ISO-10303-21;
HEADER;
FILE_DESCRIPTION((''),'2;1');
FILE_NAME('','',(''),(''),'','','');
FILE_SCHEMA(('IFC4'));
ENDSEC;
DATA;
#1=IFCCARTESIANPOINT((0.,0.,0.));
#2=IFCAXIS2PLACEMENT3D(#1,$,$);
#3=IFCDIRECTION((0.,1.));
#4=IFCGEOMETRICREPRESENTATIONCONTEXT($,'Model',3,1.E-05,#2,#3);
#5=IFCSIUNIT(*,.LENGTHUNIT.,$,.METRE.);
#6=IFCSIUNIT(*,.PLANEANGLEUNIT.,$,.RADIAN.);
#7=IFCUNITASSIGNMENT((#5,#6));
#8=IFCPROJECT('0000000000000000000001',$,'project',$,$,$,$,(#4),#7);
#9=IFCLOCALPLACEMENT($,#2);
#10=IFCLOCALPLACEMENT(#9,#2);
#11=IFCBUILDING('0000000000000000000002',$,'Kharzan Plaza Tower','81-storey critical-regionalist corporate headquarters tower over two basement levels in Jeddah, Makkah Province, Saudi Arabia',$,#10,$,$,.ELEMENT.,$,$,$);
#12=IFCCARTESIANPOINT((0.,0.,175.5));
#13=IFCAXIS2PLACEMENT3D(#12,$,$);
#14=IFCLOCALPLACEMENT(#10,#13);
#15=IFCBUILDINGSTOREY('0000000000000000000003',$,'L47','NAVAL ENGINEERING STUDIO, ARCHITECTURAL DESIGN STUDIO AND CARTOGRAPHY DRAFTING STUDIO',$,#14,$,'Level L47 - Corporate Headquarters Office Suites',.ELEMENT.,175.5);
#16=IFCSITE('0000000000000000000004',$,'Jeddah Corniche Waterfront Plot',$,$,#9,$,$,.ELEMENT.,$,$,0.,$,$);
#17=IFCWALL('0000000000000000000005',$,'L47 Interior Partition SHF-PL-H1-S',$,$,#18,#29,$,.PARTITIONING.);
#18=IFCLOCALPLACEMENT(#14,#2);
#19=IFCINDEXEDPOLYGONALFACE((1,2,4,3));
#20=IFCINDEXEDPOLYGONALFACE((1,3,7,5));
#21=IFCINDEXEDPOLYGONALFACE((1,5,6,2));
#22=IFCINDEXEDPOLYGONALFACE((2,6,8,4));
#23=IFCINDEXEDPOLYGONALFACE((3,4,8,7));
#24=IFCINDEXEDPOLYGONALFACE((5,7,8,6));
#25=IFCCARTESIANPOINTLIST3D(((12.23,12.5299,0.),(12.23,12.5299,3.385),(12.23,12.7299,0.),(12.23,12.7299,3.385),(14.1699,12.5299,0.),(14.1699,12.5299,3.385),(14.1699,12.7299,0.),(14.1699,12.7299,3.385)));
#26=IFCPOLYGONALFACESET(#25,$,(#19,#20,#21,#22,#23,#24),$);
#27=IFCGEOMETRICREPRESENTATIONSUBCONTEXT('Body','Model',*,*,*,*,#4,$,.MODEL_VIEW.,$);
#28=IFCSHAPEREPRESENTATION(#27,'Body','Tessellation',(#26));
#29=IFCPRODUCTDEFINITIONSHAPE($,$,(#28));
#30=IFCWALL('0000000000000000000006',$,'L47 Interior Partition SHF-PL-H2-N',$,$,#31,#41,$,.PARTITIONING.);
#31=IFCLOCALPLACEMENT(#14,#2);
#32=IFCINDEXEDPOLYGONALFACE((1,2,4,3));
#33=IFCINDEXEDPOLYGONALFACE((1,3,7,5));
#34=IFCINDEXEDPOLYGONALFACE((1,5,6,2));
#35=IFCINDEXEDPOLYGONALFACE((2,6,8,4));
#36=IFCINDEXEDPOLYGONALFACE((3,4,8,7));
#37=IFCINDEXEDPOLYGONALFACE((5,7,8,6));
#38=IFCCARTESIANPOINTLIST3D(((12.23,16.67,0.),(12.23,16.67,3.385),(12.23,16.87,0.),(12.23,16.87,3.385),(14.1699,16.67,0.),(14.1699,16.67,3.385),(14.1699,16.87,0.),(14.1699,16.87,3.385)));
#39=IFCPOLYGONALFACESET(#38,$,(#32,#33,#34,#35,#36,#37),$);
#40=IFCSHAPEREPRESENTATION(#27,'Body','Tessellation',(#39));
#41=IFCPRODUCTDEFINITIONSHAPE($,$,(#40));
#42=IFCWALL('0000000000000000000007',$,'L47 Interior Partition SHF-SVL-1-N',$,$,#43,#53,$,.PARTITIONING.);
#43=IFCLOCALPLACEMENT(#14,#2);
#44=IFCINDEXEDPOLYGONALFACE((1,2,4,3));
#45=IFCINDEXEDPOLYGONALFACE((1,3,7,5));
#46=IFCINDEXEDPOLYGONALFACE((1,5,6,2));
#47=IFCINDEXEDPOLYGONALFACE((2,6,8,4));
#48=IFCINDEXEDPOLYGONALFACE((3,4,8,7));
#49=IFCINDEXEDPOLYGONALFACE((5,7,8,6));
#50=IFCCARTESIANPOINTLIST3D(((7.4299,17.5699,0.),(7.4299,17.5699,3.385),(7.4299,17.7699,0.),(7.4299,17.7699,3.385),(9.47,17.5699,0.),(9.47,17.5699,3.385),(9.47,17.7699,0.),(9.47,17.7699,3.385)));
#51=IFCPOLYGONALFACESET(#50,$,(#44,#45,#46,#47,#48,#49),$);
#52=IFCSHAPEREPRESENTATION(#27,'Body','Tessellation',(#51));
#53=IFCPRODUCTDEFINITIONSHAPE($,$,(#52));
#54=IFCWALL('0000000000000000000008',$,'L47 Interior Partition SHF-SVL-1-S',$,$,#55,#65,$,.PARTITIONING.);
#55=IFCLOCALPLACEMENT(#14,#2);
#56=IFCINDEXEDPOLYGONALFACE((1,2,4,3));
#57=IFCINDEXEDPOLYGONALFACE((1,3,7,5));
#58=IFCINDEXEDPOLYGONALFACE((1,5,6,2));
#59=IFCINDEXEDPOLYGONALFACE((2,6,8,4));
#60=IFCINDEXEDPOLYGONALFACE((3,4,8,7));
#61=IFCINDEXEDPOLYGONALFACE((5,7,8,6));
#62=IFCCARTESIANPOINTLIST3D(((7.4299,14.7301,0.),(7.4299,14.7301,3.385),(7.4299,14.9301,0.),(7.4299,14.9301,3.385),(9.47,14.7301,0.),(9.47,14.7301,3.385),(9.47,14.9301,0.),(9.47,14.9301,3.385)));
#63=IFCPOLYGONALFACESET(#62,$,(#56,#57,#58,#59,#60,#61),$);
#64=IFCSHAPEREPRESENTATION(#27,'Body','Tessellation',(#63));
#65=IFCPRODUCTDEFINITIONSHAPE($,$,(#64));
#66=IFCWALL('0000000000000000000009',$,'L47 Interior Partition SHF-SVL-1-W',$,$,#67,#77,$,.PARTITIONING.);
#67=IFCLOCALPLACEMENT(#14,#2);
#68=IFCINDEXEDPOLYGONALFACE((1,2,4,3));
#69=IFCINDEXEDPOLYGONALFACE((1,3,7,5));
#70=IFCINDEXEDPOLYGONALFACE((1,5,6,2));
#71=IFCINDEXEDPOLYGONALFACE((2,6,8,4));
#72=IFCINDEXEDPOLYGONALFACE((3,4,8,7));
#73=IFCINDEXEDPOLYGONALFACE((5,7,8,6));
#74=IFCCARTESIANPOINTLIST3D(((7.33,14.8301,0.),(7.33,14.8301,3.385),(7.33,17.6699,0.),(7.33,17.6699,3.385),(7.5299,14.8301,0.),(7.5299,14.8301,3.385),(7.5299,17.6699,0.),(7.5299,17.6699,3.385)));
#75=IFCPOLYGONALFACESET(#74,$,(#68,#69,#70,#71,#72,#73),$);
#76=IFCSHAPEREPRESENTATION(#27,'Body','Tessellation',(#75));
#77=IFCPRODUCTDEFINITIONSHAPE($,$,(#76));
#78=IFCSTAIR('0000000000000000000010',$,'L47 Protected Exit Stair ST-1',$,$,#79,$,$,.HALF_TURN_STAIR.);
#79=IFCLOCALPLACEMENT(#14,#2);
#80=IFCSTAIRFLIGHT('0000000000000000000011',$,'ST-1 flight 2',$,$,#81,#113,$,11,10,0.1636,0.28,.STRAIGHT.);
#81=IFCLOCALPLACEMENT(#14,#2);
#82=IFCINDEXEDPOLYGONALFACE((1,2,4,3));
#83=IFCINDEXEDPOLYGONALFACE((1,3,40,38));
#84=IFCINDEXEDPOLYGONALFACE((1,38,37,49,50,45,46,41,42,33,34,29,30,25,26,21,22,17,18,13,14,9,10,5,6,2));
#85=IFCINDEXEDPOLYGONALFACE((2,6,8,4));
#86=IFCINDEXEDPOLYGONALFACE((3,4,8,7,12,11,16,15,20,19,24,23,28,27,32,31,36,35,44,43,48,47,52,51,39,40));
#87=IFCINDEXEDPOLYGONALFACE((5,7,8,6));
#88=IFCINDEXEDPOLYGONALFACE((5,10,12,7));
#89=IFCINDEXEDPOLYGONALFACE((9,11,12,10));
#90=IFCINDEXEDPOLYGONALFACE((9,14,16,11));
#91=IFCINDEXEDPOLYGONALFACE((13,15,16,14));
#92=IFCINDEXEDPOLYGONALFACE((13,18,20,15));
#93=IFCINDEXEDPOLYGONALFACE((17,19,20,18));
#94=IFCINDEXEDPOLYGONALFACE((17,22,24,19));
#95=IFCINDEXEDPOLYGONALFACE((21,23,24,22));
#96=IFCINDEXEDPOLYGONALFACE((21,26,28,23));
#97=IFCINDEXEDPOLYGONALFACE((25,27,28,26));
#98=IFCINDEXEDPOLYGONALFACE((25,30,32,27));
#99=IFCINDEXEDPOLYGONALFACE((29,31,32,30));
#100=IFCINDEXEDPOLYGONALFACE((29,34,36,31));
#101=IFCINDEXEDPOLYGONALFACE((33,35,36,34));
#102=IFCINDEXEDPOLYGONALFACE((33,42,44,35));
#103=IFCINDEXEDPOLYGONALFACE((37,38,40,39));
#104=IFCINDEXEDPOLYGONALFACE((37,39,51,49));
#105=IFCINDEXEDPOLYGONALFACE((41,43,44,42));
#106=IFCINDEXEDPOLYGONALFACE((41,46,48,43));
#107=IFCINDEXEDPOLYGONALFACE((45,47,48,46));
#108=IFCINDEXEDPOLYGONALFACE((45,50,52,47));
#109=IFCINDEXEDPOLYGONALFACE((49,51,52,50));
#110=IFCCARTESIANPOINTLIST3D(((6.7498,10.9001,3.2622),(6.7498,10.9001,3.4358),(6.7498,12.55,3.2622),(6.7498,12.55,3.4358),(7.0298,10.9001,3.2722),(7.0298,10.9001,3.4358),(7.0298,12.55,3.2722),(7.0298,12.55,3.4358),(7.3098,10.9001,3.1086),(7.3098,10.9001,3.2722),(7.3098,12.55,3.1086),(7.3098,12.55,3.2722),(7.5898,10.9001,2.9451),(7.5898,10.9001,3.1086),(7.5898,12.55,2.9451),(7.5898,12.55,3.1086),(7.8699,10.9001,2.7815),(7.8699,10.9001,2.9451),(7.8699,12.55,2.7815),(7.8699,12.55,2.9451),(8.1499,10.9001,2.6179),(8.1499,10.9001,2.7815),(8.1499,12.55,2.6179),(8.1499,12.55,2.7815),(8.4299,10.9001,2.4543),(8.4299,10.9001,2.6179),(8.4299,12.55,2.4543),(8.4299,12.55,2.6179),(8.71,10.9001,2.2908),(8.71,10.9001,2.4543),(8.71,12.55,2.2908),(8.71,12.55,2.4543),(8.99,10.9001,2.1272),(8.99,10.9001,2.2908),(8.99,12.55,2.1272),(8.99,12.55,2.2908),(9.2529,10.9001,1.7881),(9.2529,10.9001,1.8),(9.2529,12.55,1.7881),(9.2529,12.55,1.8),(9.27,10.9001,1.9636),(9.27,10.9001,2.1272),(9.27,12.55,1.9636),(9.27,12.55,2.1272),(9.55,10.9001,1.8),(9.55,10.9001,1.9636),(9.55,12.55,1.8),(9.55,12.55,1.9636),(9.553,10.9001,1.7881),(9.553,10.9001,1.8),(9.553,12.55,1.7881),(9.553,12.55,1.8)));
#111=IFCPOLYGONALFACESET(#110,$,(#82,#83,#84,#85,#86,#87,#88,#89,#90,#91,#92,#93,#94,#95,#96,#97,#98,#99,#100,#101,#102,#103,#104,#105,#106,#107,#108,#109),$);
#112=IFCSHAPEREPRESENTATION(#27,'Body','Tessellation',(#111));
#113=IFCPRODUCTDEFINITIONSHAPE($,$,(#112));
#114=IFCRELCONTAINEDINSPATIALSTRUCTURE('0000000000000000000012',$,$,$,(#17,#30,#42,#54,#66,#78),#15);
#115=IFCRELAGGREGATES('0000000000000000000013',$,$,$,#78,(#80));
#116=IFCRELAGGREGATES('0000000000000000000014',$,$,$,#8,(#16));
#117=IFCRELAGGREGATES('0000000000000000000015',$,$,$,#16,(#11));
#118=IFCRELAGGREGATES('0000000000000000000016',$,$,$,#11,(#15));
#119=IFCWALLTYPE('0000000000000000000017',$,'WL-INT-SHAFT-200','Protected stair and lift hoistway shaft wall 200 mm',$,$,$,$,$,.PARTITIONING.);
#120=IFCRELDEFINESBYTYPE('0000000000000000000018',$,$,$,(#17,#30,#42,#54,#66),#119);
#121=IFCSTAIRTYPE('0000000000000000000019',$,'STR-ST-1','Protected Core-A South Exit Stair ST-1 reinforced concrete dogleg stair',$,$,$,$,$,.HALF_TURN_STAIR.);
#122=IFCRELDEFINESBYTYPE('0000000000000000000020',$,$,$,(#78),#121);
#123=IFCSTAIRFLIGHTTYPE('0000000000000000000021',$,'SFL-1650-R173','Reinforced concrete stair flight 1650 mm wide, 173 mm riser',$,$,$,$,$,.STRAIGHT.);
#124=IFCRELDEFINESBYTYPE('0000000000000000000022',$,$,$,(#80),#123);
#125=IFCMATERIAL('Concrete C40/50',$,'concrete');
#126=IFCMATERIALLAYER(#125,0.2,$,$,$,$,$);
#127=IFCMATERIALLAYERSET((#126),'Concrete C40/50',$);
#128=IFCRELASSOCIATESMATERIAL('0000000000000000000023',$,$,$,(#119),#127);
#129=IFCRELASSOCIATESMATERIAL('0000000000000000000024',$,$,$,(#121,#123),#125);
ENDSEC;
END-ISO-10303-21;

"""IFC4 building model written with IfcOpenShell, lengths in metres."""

from ifc_helpers import new_model, si_unit, direction, frame, frame_2d, origin, place, context, subcontext, project, spatial, polyline, rectangle, outline, extrude, source, transform, mapped, material, layer, layer_set, type_object, element, aggregate, save


model = new_model("IFC4")

# Units and contexts
model_context = context("Model", 3, precision=1e-05, world=origin(), true_north=direction((0.0, 1.0)))
body_context = subcontext(model_context, "Body", "Model", "MODEL_VIEW")
ifc_project = project(units=[si_unit("LENGTHUNIT", "METRE"), si_unit("PLANEANGLEUNIT", "RADIAN")], contexts=[model_context])

# Site, building, storey
site_placement = place(None, origin())
site = spatial("IfcSite", under=ifc_project, at=site_placement, Name="Jeddah Corniche Waterfront Plot", CompositionType="ELEMENT", RefElevation=0.0)
building_placement = place(site_placement, origin())
building = spatial("IfcBuilding", under=site, at=building_placement, Name="Kharzan Plaza Tower", Description="81-storey critical-regionalist corporate headquarters tower over two basement levels in Jeddah, Makkah Province, Saudi Arabia", CompositionType="ELEMENT")
storey_placement = place(building_placement, frame((0.0, 0.0, 175.5)))
storey = spatial("IfcBuildingStorey", under=building, at=storey_placement, Name="L47", Description="NAVAL ENGINEERING STUDIO, ARCHITECTURAL DESIGN STUDIO AND CARTOGRAPHY DRAFTING STUDIO", LongName="Level L47 - Corporate Headquarters Office Suites", CompositionType="ELEMENT", Elevation=175.5)

# Shared definitions
ifc_material_1 = material(Name="Concrete C40/50", Category="concrete")
ifc_layer_1 = layer(ifc_material_1, 0.2)
ifc_layer_set_1 = layer_set([ifc_layer_1], Name="Concrete C40/50")
wall_type_1 = type_object("IfcWallType", Name="WL-INT-SHAFT-200", Description="Protected stair and lift hoistway shaft wall 200 mm", PredefinedType="PARTITIONING", material=ifc_layer_set_1)

# Walls
shared_shape_1 = source(origin(), body_context, "Body", "SweptSolid", [
    extrude(rectangle(XDim=1.9399, YDim=0.2, at=frame_2d((0.97, 0.0))), origin(), (0.0, 0.0, 1.0), 3.385),
])
for number, where, z_axis, x_axis, name in (
    (1, (12.23, 12.6299, 0.0), (0.0, 0.0, 1.0), (1.0, 0.0, 0.0), "L47 Interior Partition SHF-PL-H1-S"),
    (2, (12.23, 16.77, 0.0), (0.0, 0.0, 1.0), (1.0, 0.0, 0.0), "L47 Interior Partition SHF-PL-H2-N"),
):
    element("IfcWall", number, at=place(storey_placement, frame(where, z_axis=z_axis, x_axis=x_axis)), inside=storey, type_object=wall_type_1, Name=name, PredefinedType="PARTITIONING", context=body_context, shape_type="MappedRepresentation", body=[
        mapped(shared_shape_1, transform((0.0, 0.0, 0.0), x_axis=(1.0, 0.0, 0.0), y_axis=(0.0, 1.0, 0.0), z_axis=(0.0, 0.0, 1.0))),
    ])
shared_shape_2 = source(origin(), body_context, "Body", "SweptSolid", [
    extrude(rectangle(XDim=2.04, YDim=0.2, at=frame_2d((1.02, 0.0))), origin(), (0.0, 0.0, 1.0), 3.385),
])
for number, where, z_axis, x_axis, name in (
    (3, (7.4299, 17.6699, 0.0), (0.0, 0.0, 1.0), (1.0, 0.0, 0.0), "L47 Interior Partition SHF-SVL-1-N"),
    (4, (7.4299, 14.8301, 0.0), (0.0, 0.0, 1.0), (1.0, 0.0, 0.0), "L47 Interior Partition SHF-SVL-1-S"),
):
    element("IfcWall", number, at=place(storey_placement, frame(where, z_axis=z_axis, x_axis=x_axis)), inside=storey, type_object=wall_type_1, Name=name, PredefinedType="PARTITIONING", context=body_context, shape_type="MappedRepresentation", body=[
        mapped(shared_shape_2, transform((0.0, 0.0, 0.0), x_axis=(1.0, 0.0, 0.0), y_axis=(0.0, 1.0, 0.0), z_axis=(0.0, 0.0, 1.0))),
    ])
shared_shape_3 = source(origin(), body_context, "Body", "SweptSolid", [
    extrude(rectangle(XDim=2.8398, YDim=0.2, at=frame_2d((1.4199, 0.0))), origin(), (0.0, 0.0, 1.0), 3.385),
])
wall_1_placement = place(storey_placement, frame((7.4299, 14.8301, 0.0), z_axis=(0.0, 0.0, 1.0), x_axis=(0.0, 1.0, 0.0)))
element("IfcWall", 5, at=wall_1_placement, inside=storey, type_object=wall_type_1, Name="L47 Interior Partition SHF-SVL-1-W", PredefinedType="PARTITIONING", context=body_context, shape_type="MappedRepresentation", body=[
    mapped(shared_shape_3, transform((0.0, 0.0, 0.0), x_axis=(1.0, 0.0, 0.0), y_axis=(0.0, 1.0, 0.0), z_axis=(0.0, 0.0, 1.0))),
])

# Stair, stair flight
stair_type = type_object("IfcStairType", Name="STR-ST-1", Description="Protected Core-A South Exit Stair ST-1 reinforced concrete dogleg stair", PredefinedType="HALF_TURN_STAIR", material=ifc_material_1)
stair_placement = place(storey_placement, origin())
stair = element("IfcStair", 6, at=stair_placement, inside=storey, type_object=stair_type, Name="L47 Protected Exit Stair ST-1", PredefinedType="HALF_TURN_STAIR")
stair_flight_type = type_object("IfcStairFlightType", Name="SFL-1650-R173", Description="Reinforced concrete stair flight 1650 mm wide, 173 mm riser", PredefinedType="STRAIGHT", material=ifc_material_1)
shared_shape_4 = source(origin(), body_context, "Body", "SweptSolid", [
    extrude(outline(polyline([(-0.0029, -0.012), (-0.0029, 0.0), (0.0, 0.0), (0.0, 0.1636), (0.28, 0.1636), (0.28, 0.3271), (0.5601, 0.3271), (0.5601, 0.4907), (0.8401, 0.4907), (0.8401, 0.6543), (1.1201, 0.6543), (1.1201, 0.8179), (1.4001, 0.8179), (1.4001, 0.9814), (1.6802, 0.9814), (1.6802, 1.145), (1.9602, 1.145), (1.9602, 1.3086), (2.2402, 1.3086), (2.2402, 1.4722), (2.5203, 1.4722), (2.5203, 1.6357), (2.8003, 1.6357), (2.8003, 1.7993), (2.8003, 1.4622), (0.2971, 0.0), (0.2971, -0.012), (-0.0029, -0.012)])), frame((0.0, 0.825, 0.0), z_axis=(0.0, -1.0, 0.0), x_axis=(1.0, 0.0, 0.0)), (0.0, 0.0, 1.0), 1.6499),
])
stair_flight_placement = place(storey_placement, frame((9.55, 11.7251, 1.8), z_axis=(0.0, 0.0, 1.0), x_axis=(-1.0, 0.0, 0.0)))
stair_flight = element("IfcStairFlight", 7, at=stair_flight_placement, type_object=stair_flight_type, Name="ST-1 flight 2", NumberOfRisers=11, NumberOfTreads=10, PredefinedType="STRAIGHT", RiserHeight=0.1636, TreadLength=0.28, context=body_context, shape_type="MappedRepresentation", body=[
    mapped(shared_shape_4, transform((0.0, 0.0, 0.0), x_axis=(1.0, 0.0, 0.0), y_axis=(0.0, 1.0, 0.0), z_axis=(0.0, 0.0, 1.0))),
])
aggregate(stair, [stair_flight])

save(model, "model.ifc")
